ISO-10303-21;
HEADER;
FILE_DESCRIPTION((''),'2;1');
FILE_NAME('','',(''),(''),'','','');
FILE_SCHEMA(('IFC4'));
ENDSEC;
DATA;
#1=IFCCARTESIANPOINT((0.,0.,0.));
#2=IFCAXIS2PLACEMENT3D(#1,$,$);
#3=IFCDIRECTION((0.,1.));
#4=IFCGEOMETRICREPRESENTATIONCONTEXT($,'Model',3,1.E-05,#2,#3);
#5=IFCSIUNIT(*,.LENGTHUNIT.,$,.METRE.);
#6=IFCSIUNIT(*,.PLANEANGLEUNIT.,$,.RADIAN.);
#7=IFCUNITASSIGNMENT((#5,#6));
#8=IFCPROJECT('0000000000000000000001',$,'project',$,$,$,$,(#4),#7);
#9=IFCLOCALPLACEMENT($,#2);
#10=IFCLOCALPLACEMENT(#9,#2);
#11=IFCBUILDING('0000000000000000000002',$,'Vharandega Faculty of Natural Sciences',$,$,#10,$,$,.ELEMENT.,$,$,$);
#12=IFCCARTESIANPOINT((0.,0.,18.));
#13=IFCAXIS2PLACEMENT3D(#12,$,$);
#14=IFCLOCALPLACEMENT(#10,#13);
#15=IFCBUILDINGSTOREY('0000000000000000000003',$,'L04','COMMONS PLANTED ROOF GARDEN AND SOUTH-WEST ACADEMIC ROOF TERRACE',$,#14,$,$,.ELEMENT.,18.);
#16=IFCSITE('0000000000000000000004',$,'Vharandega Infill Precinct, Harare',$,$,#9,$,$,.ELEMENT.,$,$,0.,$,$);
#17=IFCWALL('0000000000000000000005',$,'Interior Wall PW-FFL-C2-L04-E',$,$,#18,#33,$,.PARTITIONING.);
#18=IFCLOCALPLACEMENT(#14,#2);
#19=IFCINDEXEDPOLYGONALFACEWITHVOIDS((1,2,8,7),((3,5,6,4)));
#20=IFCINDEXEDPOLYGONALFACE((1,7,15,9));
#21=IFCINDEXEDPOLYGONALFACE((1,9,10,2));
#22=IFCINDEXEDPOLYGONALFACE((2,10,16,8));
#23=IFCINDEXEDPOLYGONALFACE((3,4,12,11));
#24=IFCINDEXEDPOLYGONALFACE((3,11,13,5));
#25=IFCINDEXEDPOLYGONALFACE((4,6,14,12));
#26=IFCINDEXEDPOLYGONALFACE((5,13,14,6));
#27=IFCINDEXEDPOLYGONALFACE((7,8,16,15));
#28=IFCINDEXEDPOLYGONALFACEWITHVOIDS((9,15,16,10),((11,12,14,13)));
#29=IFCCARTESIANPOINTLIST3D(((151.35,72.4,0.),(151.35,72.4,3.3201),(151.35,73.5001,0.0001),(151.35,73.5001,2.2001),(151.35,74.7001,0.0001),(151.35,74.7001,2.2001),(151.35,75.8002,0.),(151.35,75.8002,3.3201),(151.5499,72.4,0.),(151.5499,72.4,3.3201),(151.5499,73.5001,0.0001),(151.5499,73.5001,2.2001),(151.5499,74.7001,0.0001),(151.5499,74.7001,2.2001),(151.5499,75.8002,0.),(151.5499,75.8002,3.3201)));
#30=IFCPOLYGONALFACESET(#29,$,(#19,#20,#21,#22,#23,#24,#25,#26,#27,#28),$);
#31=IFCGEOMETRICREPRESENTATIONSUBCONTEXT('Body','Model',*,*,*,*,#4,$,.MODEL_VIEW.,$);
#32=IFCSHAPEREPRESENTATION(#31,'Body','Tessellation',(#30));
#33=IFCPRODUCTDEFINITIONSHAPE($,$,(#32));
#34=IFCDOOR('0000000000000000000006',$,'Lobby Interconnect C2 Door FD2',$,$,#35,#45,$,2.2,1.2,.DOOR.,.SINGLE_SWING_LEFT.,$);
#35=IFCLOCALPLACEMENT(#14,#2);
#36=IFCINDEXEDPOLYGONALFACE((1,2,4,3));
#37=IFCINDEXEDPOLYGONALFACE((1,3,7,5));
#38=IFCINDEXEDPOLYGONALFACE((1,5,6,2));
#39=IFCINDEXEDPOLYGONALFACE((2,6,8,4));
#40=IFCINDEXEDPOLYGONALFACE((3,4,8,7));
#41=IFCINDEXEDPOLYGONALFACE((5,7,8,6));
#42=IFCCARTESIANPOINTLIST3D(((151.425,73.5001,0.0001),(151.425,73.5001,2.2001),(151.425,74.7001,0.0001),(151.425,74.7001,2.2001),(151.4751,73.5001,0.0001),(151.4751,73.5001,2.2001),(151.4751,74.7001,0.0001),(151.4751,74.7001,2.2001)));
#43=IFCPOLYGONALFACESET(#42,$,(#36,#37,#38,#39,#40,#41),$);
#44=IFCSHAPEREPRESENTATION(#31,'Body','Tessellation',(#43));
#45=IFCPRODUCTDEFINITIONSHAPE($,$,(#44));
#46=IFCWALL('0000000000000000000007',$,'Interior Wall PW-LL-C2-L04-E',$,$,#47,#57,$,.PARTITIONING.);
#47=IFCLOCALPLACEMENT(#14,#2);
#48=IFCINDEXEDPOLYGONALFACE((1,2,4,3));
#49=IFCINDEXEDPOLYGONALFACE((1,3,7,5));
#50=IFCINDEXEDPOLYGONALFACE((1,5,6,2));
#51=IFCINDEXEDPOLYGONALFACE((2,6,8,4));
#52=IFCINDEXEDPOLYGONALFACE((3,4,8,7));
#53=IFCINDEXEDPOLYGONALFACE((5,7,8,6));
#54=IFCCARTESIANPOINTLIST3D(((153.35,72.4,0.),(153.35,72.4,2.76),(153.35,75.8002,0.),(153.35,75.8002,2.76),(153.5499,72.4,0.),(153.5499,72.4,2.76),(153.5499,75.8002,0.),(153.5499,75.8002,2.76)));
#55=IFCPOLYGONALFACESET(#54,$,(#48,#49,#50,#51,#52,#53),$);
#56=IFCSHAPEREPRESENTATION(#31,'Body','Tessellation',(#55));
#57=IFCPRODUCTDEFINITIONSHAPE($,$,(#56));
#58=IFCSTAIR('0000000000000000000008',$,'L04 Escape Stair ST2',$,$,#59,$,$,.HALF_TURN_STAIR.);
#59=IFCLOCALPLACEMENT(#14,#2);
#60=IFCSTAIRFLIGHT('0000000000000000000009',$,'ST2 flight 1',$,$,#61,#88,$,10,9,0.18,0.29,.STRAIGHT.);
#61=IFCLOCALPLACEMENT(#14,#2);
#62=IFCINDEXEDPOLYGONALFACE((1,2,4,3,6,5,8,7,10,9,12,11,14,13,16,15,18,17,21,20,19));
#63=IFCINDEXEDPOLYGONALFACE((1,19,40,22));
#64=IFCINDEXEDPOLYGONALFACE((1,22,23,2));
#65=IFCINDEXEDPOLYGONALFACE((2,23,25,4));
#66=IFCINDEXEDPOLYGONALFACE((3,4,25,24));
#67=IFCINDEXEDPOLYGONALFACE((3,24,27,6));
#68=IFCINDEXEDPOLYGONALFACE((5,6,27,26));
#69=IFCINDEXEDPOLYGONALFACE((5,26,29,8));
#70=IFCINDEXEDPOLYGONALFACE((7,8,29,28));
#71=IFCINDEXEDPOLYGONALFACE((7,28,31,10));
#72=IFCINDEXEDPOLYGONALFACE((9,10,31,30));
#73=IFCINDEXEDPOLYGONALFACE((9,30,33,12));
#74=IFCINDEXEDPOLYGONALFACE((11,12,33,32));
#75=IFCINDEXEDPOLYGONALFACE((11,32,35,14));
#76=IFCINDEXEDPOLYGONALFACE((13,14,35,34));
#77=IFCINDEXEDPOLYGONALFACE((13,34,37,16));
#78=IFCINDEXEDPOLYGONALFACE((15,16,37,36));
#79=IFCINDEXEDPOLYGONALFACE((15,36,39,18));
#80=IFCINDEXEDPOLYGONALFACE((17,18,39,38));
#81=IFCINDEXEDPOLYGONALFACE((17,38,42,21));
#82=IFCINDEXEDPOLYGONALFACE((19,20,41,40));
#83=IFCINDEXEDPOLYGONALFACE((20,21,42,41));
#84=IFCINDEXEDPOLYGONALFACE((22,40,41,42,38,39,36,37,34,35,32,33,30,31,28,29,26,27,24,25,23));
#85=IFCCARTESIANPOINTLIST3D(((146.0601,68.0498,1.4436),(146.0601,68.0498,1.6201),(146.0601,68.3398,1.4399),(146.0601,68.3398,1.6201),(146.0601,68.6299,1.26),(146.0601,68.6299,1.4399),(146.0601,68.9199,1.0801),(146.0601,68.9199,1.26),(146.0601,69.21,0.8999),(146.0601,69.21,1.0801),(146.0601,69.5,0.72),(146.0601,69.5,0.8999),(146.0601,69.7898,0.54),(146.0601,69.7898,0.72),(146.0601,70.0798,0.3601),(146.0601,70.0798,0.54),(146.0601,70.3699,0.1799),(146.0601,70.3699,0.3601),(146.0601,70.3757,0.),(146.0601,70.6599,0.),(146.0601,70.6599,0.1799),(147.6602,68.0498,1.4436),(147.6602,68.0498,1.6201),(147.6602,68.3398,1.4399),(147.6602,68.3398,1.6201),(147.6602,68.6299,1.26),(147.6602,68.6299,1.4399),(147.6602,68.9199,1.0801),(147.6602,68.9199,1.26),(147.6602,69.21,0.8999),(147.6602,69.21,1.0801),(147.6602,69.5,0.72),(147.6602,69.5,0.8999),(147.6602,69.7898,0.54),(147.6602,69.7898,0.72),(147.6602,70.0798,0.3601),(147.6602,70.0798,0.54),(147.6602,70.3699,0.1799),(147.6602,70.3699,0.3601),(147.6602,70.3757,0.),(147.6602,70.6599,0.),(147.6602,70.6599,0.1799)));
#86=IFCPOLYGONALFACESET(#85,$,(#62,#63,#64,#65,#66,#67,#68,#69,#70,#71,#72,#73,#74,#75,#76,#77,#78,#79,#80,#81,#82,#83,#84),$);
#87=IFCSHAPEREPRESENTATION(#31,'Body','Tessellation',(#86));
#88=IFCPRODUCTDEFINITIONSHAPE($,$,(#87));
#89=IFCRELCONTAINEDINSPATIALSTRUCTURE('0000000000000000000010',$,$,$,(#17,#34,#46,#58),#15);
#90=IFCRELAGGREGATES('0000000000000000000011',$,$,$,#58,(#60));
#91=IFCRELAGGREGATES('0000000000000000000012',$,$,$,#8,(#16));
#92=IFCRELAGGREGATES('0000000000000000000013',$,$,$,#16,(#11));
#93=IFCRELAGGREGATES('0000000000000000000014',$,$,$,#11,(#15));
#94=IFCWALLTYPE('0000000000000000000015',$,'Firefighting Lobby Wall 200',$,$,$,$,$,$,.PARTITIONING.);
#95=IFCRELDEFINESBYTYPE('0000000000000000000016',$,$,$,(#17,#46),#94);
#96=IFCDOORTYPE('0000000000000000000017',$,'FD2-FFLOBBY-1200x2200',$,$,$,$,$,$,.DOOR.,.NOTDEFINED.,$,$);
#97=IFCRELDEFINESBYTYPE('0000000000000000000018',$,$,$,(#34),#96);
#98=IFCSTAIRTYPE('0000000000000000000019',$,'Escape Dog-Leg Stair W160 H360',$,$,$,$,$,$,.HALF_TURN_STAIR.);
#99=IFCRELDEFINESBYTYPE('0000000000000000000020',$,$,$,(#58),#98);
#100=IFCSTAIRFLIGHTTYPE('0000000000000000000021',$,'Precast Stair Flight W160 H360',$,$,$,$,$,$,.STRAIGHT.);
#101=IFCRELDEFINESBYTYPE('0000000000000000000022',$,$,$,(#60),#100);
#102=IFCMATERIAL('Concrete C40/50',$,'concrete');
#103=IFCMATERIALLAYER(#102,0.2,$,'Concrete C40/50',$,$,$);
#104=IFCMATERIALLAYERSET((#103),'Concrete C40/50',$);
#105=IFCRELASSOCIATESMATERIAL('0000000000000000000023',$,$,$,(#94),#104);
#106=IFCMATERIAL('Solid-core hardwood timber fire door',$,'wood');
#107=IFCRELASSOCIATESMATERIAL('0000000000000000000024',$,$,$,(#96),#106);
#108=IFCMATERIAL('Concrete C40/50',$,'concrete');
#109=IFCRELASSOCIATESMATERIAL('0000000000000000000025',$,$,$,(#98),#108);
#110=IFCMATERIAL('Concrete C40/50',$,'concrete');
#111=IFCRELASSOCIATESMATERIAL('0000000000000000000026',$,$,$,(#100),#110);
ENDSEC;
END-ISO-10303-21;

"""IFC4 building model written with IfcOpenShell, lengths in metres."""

from ifc_helpers import new_model, si_unit, direction, frame, frame_2d, origin, place, context, subcontext, project, spatial, polyline, rectangle, outline, extrude, material, layer, layer_set, type_object, element, fill, aggregate, save


model = new_model("IFC4")

# Units and contexts
model_context = context("Model", 3, precision=1e-05, world=origin(), true_north=direction((0.0, 1.0)))
body_context = subcontext(model_context, "Body", "Model", "MODEL_VIEW")
ifc_project = project(units=[si_unit("LENGTHUNIT", "METRE"), si_unit("PLANEANGLEUNIT", "RADIAN")], contexts=[model_context])

# Site, building, storey
site_placement = place(None, origin())
site = spatial("IfcSite", under=ifc_project, at=site_placement, Name="Vharandega Infill Precinct, Harare", CompositionType="ELEMENT", RefElevation=0.0)
building_placement = place(site_placement, origin())
building = spatial("IfcBuilding", under=site, at=building_placement, Name="Vharandega Faculty of Natural Sciences", CompositionType="ELEMENT")
storey_placement = place(building_placement, frame((0.0, 0.0, 18.0)))
storey = spatial("IfcBuildingStorey", under=building, at=storey_placement, Name="L04", Description="COMMONS PLANTED ROOF GARDEN AND SOUTH-WEST ACADEMIC ROOF TERRACE", CompositionType="ELEMENT", Elevation=18.0)

# Shared definitions
ifc_material_1 = material(Name="Concrete C40/50", Category="concrete")
ifc_layer_1 = layer(ifc_material_1, 0.2, Name="Concrete C40/50")
ifc_layer_set_1 = layer_set([ifc_layer_1], Name="Concrete C40/50")
wall_type_1 = type_object("IfcWallType", Name="Firefighting Lobby Wall 200", PredefinedType="PARTITIONING", material=ifc_layer_set_1)
ifc_material_2 = material(Name="Solid-core hardwood timber fire door", Category="wood")
door_type_1 = type_object("IfcDoorType", Name="FD2-FFLOBBY-1200x2200", OperationType="NOTDEFINED", PredefinedType="DOOR", material=ifc_material_2)

# Wall, opening, door
wall_1_placement = place(storey_placement, frame((151.45, 72.3999, 0.0), z_axis=(0.0, 0.0, 1.0), x_axis=(0.0, 1.0, 0.0)))
wall_1 = element("IfcWall", 1, at=wall_1_placement, inside=storey, type_object=wall_type_1, Name="Interior Wall PW-FFL-C2-L04-E", PredefinedType="PARTITIONING", context=body_context, shape_type="SweptSolid", body=[
    extrude(rectangle(XDim=3.4001, YDim=0.2, at=frame_2d((1.7002, 0.0))), origin(), (0.0, 0.0, 1.0), 3.3201),
])
opening_1_placement = place(wall_1_placement, frame((1.1001, 0.0, 0.0)))
opening_1 = element("IfcOpeningElement", 2, at=opening_1_placement, cuts=wall_1, PredefinedType="OPENING", context=body_context, shape_type="SweptSolid", body=[
    extrude(rectangle(XDim=1.2, YDim=2.2, at=frame_2d((0.6001, 1.1001))), frame((0.0, 0.1099, 0.0), z_axis=(0.0, -1.0, 0.0), x_axis=(1.0, 0.0, 0.0)), (0.0, 0.0, 1.0), 0.22),
])
door_1_placement = place(opening_1_placement, origin())
door_1 = element("IfcDoor", 3, at=door_1_placement, inside=storey, type_object=door_type_1, Name="Lobby Interconnect C2 Door FD2", OperationType="SINGLE_SWING_LEFT", OverallHeight=2.2, OverallWidth=1.2, PredefinedType="DOOR", context=body_context, shape_type="SweptSolid", body=[
    extrude(rectangle(XDim=1.2, YDim=2.2, at=frame_2d((0.6001, 1.1001))), frame((0.0, 0.0249, 0.0), z_axis=(0.0, -1.0, 0.0), x_axis=(1.0, 0.0, 0.0)), (0.0, 0.0, 1.0), 0.05),
])
fill(opening_1, door_1)

# Wall
wall_2_placement = place(storey_placement, frame((153.45, 72.3999, 0.0), z_axis=(0.0, 0.0, 1.0), x_axis=(0.0, 1.0, 0.0)))
element("IfcWall", 4, at=wall_2_placement, inside=storey, type_object=wall_type_1, Name="Interior Wall PW-LL-C2-L04-E", PredefinedType="PARTITIONING", context=body_context, shape_type="SweptSolid", body=[
    extrude(rectangle(XDim=3.4001, YDim=0.2, at=frame_2d((1.7002, 0.0))), origin(), (0.0, 0.0, 1.0), 2.76),
])

# Stair, stair flight
ifc_material_3 = material(Name="Concrete C40/50", Category="concrete")
stair_type = type_object("IfcStairType", Name="Escape Dog-Leg Stair W160 H360", PredefinedType="HALF_TURN_STAIR", material=ifc_material_3)
stair_placement = place(storey_placement, origin())
stair = element("IfcStair", 5, at=stair_placement, inside=storey, type_object=stair_type, Name="L04 Escape Stair ST2", PredefinedType="HALF_TURN_STAIR")
ifc_material_4 = material(Name="Concrete C40/50", Category="concrete")
stair_flight_type = type_object("IfcStairFlightType", Name="Precast Stair Flight W160 H360", PredefinedType="STRAIGHT", material=ifc_material_4)
stair_flight_placement = place(storey_placement, frame((146.8601, 70.6599, 0.0), z_axis=(0.0, 0.0, 1.0), x_axis=(0.0, -1.0, 0.0)))
stair_flight = element("IfcStairFlight", 6, at=stair_flight_placement, type_object=stair_flight_type, Name="ST2 flight 1", NumberOfRisers=10, NumberOfTreads=9, PredefinedType="STRAIGHT", RiserHeight=0.18, TreadLength=0.29, context=body_context, shape_type="SweptSolid", body=[
    extrude(outline(polyline([(0.0, 0.0), (0.0, 0.1799), (0.29, 0.1799), (0.29, 0.3601), (0.5801, 0.3601), (0.5801, 0.54), (0.8701, 0.54), (0.8701, 0.72), (1.1599, 0.72), (1.1599, 0.8999), (1.45, 0.8999), (1.45, 1.0801), (1.74, 1.0801), (1.74, 1.26), (2.03, 1.26), (2.03, 1.4399), (2.3201, 1.4399), (2.3201, 1.6201), (2.6101, 1.6201), (2.6101, 1.8), (2.6101, 1.4436), (0.2842, 0.0), (0.0, 0.0)])), frame((0.0, 0.8, 0.0), z_axis=(0.0, -1.0, 0.0), x_axis=(1.0, 0.0, 0.0)), (0.0, 0.0, 1.0), 1.6001),
])
aggregate(stair, [stair_flight])

save(model, "model.ifc")
